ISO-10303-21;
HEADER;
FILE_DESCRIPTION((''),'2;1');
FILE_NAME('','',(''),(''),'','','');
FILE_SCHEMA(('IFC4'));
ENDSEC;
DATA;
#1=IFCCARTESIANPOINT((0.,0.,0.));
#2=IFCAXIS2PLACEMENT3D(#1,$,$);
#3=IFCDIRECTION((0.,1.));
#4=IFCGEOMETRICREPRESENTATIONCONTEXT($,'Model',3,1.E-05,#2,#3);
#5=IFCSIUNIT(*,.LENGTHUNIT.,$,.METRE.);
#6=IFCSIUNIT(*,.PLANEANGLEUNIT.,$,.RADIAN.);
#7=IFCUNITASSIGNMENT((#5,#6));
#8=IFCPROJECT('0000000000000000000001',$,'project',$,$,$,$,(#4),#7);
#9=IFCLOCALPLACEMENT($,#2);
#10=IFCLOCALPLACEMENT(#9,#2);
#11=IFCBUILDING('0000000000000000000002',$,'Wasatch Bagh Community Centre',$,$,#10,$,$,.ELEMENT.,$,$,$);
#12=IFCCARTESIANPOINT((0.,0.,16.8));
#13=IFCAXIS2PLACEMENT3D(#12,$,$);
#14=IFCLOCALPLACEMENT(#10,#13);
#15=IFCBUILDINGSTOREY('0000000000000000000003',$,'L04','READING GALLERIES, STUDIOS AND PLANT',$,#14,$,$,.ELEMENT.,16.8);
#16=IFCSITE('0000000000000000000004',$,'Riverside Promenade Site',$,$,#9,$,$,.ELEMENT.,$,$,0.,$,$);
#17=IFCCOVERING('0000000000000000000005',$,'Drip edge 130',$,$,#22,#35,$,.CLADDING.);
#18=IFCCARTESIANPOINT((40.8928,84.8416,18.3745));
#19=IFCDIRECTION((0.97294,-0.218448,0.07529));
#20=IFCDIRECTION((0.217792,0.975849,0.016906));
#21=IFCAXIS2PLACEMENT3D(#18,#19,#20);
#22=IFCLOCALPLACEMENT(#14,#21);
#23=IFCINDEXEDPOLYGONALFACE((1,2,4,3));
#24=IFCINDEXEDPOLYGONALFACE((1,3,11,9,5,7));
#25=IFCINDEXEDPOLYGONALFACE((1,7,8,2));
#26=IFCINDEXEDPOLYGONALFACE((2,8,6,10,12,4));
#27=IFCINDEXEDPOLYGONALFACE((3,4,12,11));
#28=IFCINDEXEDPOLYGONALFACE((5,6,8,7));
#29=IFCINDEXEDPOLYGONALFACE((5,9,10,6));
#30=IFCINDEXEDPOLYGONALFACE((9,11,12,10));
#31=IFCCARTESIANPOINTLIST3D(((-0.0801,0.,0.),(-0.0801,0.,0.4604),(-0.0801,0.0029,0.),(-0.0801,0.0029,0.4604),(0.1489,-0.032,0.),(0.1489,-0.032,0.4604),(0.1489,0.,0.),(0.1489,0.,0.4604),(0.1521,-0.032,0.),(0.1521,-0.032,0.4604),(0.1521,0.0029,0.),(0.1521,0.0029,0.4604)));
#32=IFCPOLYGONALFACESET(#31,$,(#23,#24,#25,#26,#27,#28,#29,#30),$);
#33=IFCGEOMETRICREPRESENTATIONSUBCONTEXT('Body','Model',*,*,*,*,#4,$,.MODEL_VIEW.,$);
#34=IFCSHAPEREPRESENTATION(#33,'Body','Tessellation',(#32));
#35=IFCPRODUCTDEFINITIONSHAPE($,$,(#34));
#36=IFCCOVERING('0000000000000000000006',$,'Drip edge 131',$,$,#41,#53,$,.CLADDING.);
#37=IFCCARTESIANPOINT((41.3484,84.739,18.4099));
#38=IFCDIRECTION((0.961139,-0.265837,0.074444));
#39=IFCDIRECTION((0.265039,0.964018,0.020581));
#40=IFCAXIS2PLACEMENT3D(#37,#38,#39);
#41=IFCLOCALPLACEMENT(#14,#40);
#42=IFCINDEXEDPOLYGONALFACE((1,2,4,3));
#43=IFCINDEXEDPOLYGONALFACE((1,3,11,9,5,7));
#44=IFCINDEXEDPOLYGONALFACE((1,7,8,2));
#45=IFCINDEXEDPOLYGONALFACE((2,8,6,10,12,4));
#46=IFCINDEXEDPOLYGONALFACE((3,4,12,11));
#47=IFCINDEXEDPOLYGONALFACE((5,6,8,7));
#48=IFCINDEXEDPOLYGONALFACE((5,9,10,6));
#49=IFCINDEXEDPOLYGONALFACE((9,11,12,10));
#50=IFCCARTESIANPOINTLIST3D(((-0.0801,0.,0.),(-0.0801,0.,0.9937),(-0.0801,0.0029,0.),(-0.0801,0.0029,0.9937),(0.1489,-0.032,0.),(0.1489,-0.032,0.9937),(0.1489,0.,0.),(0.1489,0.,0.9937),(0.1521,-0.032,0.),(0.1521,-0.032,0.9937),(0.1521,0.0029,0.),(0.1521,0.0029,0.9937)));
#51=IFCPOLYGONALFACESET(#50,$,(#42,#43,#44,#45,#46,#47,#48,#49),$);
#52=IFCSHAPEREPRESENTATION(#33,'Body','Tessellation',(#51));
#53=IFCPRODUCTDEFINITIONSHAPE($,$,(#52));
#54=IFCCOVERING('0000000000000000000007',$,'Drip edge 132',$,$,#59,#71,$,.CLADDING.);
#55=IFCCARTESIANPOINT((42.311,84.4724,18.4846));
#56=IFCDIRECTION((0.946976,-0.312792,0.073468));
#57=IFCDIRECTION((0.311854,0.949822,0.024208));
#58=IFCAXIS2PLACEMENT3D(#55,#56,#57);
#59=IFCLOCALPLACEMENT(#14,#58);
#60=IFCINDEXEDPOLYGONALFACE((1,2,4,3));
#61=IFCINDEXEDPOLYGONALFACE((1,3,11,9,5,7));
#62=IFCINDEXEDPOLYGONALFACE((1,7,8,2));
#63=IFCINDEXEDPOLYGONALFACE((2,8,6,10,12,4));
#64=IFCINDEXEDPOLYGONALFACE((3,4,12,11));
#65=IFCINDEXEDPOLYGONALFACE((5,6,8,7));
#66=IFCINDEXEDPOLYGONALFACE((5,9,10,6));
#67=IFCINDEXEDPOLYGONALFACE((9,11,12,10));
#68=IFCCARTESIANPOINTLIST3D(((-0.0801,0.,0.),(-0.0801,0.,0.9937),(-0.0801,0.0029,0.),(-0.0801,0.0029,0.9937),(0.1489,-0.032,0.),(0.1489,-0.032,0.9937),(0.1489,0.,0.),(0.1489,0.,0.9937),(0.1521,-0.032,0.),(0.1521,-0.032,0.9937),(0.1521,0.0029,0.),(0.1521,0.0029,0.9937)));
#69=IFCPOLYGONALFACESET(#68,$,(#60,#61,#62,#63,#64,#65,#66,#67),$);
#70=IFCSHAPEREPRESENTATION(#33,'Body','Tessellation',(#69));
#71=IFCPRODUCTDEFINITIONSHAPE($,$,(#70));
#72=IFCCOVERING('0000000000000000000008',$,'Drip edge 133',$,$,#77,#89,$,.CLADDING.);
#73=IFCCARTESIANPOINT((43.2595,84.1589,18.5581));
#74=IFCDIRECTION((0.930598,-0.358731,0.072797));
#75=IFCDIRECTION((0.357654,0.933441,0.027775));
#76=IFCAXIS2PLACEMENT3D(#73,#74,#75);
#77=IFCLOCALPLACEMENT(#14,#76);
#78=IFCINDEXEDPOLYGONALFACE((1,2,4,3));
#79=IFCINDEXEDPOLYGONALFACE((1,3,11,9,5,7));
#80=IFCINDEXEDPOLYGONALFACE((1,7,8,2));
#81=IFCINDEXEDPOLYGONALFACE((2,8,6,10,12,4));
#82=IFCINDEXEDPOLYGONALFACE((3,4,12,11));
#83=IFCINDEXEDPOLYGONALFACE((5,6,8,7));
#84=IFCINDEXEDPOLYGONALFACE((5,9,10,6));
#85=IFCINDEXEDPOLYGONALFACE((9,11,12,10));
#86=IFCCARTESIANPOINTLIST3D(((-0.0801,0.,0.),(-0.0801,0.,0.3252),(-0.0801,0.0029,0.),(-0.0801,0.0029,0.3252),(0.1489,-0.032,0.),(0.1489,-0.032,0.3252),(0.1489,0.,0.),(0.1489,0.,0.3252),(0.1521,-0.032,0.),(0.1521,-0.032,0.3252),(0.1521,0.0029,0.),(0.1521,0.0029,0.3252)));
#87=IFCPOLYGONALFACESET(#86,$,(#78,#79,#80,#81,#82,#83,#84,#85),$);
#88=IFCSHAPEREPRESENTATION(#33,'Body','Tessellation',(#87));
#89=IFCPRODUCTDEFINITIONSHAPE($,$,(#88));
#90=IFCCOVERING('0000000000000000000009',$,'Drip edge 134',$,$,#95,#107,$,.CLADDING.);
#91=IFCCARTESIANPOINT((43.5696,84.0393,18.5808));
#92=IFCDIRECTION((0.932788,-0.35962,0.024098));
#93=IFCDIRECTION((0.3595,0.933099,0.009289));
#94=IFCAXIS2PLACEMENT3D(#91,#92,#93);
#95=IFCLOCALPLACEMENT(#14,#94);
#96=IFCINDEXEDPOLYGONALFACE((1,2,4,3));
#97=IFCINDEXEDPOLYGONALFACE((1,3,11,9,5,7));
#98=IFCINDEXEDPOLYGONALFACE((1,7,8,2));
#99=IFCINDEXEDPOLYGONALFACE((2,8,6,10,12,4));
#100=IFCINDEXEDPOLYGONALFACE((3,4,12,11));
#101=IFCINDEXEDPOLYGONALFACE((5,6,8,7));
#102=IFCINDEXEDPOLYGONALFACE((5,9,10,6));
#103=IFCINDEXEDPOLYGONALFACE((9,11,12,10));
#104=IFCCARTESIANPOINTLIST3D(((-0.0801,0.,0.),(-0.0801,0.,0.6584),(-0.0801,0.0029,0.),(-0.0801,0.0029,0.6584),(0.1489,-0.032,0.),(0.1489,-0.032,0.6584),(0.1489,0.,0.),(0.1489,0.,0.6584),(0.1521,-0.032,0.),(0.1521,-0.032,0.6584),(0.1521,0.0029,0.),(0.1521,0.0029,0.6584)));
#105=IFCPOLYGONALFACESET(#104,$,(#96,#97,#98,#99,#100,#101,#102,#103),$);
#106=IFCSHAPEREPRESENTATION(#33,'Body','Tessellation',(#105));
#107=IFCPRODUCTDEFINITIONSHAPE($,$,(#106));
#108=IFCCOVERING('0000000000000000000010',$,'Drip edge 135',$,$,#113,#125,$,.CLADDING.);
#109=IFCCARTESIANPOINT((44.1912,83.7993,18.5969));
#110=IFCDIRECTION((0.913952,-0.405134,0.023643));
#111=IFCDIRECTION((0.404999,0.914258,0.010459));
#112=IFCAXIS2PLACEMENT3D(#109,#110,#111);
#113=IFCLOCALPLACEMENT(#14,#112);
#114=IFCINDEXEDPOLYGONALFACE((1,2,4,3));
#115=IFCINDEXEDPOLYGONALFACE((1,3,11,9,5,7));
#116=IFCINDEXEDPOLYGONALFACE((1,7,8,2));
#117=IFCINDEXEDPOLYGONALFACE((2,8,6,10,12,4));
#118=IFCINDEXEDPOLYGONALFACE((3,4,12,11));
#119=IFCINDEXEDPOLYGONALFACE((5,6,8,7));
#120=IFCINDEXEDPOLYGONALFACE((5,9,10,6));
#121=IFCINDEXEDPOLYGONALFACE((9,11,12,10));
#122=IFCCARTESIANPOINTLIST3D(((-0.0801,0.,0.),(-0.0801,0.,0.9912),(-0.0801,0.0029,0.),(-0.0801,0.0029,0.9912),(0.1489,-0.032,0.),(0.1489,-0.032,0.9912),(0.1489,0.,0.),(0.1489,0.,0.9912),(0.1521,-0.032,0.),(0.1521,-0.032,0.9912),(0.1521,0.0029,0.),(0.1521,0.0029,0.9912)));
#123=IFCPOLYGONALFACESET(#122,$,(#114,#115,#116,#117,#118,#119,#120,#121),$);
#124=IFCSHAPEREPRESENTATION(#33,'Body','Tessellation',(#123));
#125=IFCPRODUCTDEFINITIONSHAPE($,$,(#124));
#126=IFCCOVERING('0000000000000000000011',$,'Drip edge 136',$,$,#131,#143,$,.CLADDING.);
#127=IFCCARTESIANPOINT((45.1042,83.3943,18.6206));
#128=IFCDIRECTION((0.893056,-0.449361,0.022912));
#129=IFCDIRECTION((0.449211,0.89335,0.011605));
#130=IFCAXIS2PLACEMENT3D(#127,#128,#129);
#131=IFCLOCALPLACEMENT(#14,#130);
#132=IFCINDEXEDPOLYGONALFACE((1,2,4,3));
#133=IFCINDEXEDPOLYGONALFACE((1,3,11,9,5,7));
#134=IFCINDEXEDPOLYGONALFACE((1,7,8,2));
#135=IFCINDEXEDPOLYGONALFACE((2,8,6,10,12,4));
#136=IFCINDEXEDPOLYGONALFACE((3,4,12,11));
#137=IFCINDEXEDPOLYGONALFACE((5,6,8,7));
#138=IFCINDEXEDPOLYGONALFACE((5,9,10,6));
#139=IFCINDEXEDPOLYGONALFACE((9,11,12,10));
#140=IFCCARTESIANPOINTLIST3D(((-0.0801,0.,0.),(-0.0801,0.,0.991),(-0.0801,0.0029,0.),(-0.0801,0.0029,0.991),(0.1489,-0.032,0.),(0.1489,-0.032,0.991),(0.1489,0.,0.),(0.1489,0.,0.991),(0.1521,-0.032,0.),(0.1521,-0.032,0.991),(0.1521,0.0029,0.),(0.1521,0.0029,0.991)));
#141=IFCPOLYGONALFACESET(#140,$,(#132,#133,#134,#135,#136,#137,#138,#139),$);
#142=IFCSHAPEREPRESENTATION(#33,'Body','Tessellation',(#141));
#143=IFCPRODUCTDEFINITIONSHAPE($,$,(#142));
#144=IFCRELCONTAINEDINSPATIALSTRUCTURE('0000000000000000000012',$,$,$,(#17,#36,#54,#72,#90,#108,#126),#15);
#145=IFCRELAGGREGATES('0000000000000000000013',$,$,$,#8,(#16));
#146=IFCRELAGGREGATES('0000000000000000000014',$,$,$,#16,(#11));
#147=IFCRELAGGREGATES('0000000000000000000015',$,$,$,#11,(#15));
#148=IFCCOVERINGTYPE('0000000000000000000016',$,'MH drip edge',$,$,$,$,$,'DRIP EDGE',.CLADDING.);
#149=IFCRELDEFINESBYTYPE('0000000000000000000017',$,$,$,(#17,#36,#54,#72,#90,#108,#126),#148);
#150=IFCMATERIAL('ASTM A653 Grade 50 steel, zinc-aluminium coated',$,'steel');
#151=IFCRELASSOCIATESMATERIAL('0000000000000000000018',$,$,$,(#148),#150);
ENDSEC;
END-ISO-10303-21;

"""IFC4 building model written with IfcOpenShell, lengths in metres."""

from ifc_helpers import new_model, si_unit, direction, frame, origin, place, context, subcontext, project, spatial, polyline, outline, extrude, material, material_profile, profile_set, type_object, element, save


model = new_model("IFC4")

# Units and contexts
model_context = context("Model", 3, precision=1e-05, world=origin(), true_north=direction((0.0, 1.0)))
body_context = subcontext(model_context, "Body", "Model", "MODEL_VIEW")
ifc_project = project(units=[si_unit("LENGTHUNIT", "METRE"), si_unit("PLANEANGLEUNIT", "RADIAN")], contexts=[model_context])

# Site, building, storey
site_placement = place(None, origin())
site = spatial("IfcSite", under=ifc_project, at=site_placement, Name="Riverside Promenade Site", CompositionType="ELEMENT", RefElevation=0.0)
building_placement = place(site_placement, origin())
building = spatial("IfcBuilding", under=site, at=building_placement, Name="Wasatch Bagh Community Centre", CompositionType="ELEMENT")
storey_placement = place(building_placement, frame((0.0, 0.0, 16.8)))
storey = spatial("IfcBuildingStorey", under=building, at=storey_placement, Name="L04", Description="READING GALLERIES, STUDIOS AND PLANT", CompositionType="ELEMENT", Elevation=16.8)

# Coverings
ifc_material_1 = material(Name="ASTM A653 Grade 50 steel, zinc-aluminium coated", Category="steel")
ifc_material_profile_1 = material_profile(ifc_material_1, outline(polyline([(-0.0801, 0.0029), (0.1521, 0.0029), (0.1521, -0.032), (0.1489, -0.032), (0.1489, 0.0), (-0.0801, 0.0), (-0.0801, 0.0029)])), Name="DRIP EDGE")
ifc_profile_set_1 = profile_set([ifc_material_profile_1], Name="ASTM A653 Grade 50 steel, zinc-aluminium coated")
covering_type_1 = type_object("IfcCoveringType", Name="MH drip edge", ElementType="DRIP EDGE", PredefinedType="CLADDING", material=ifc_profile_set_1)
covering_1_placement = place(storey_placement, frame((40.8928, 84.8416, 18.3745), z_axis=(0.97294, -0.218448, 0.07529), x_axis=(0.217792, 0.975849, 0.016906)))
element("IfcCovering", 1, at=covering_1_placement, inside=storey, type_object=covering_type_1, Name="Drip edge 130", PredefinedType="CLADDING", context=body_context, shape_type="SweptSolid", body=[
    extrude(outline(polyline([(-0.0801, 0.0029), (0.1521, 0.0029), (0.1521, -0.032), (0.1489, -0.032), (0.1489, 0.0), (-0.0801, 0.0), (-0.0801, 0.0029)])), origin(), (0.0, 0.0, 1.0), 0.4604),
])
for number, where, z_axis, x_axis, name in (
    (2, (41.3484, 84.739, 18.4099), (0.961139, -0.265837, 0.074444), (0.265039, 0.964018, 0.020581), "Drip edge 131"),
    (3, (42.311, 84.4724, 18.4846), (0.946976, -0.312792, 0.073468), (0.311854, 0.949822, 0.024208), "Drip edge 132"),
):
    element("IfcCovering", number, at=place(storey_placement, frame(where, z_axis=z_axis, x_axis=x_axis)), inside=storey, type_object=covering_type_1, Name=name, PredefinedType="CLADDING", context=body_context, shape_type="SweptSolid", body=[
        extrude(outline(polyline([(-0.0801, 0.0029), (0.1521, 0.0029), (0.1521, -0.032), (0.1489, -0.032), (0.1489, 0.0), (-0.0801, 0.0), (-0.0801, 0.0029)])), origin(), (0.0, 0.0, 1.0), 0.9937),
    ])
covering_2_placement = place(storey_placement, frame((43.2595, 84.1589, 18.5581), z_axis=(0.930598, -0.358731, 0.072797), x_axis=(0.357654, 0.933441, 0.027775)))
element("IfcCovering", 4, at=covering_2_placement, inside=storey, type_object=covering_type_1, Name="Drip edge 133", PredefinedType="CLADDING", context=body_context, shape_type="SweptSolid", body=[
    extrude(outline(polyline([(-0.0801, 0.0029), (0.1521, 0.0029), (0.1521, -0.032), (0.1489, -0.032), (0.1489, 0.0), (-0.0801, 0.0), (-0.0801, 0.0029)])), origin(), (0.0, 0.0, 1.0), 0.3252),
])
covering_3_placement = place(storey_placement, frame((43.5696, 84.0393, 18.5808), z_axis=(0.932788, -0.35962, 0.024098), x_axis=(0.3595, 0.933099, 0.009289)))
element("IfcCovering", 5, at=covering_3_placement, inside=storey, type_object=covering_type_1, Name="Drip edge 134", PredefinedType="CLADDING", context=body_context, shape_type="SweptSolid", body=[
    extrude(outline(polyline([(-0.0801, 0.0029), (0.1521, 0.0029), (0.1521, -0.032), (0.1489, -0.032), (0.1489, 0.0), (-0.0801, 0.0), (-0.0801, 0.0029)])), origin(), (0.0, 0.0, 1.0), 0.6584),
])
covering_4_placement = place(storey_placement, frame((44.1912, 83.7993, 18.5969), z_axis=(0.913952, -0.405134, 0.023643), x_axis=(0.404999, 0.914258, 0.010459)))
element("IfcCovering", 6, at=covering_4_placement, inside=storey, type_object=covering_type_1, Name="Drip edge 135", PredefinedType="CLADDING", context=body_context, shape_type="SweptSolid", body=[
    extrude(outline(polyline([(-0.0801, 0.0029), (0.1521, 0.0029), (0.1521, -0.032), (0.1489, -0.032), (0.1489, 0.0), (-0.0801, 0.0), (-0.0801, 0.0029)])), origin(), (0.0, 0.0, 1.0), 0.9912),
])
covering_5_placement = place(storey_placement, frame((45.1042, 83.3943, 18.6206), z_axis=(0.893056, -0.449361, 0.022912), x_axis=(0.449211, 0.89335, 0.011605)))
element("IfcCovering", 7, at=covering_5_placement, inside=storey, type_object=covering_type_1, Name="Drip edge 136", PredefinedType="CLADDING", context=body_context, shape_type="SweptSolid", body=[
    extrude(outline(polyline([(-0.0801, 0.0029), (0.1521, 0.0029), (0.1521, -0.032), (0.1489, -0.032), (0.1489, 0.0), (-0.0801, 0.0), (-0.0801, 0.0029)])), origin(), (0.0, 0.0, 1.0), 0.991),
])

save(model, "model.ifc")
